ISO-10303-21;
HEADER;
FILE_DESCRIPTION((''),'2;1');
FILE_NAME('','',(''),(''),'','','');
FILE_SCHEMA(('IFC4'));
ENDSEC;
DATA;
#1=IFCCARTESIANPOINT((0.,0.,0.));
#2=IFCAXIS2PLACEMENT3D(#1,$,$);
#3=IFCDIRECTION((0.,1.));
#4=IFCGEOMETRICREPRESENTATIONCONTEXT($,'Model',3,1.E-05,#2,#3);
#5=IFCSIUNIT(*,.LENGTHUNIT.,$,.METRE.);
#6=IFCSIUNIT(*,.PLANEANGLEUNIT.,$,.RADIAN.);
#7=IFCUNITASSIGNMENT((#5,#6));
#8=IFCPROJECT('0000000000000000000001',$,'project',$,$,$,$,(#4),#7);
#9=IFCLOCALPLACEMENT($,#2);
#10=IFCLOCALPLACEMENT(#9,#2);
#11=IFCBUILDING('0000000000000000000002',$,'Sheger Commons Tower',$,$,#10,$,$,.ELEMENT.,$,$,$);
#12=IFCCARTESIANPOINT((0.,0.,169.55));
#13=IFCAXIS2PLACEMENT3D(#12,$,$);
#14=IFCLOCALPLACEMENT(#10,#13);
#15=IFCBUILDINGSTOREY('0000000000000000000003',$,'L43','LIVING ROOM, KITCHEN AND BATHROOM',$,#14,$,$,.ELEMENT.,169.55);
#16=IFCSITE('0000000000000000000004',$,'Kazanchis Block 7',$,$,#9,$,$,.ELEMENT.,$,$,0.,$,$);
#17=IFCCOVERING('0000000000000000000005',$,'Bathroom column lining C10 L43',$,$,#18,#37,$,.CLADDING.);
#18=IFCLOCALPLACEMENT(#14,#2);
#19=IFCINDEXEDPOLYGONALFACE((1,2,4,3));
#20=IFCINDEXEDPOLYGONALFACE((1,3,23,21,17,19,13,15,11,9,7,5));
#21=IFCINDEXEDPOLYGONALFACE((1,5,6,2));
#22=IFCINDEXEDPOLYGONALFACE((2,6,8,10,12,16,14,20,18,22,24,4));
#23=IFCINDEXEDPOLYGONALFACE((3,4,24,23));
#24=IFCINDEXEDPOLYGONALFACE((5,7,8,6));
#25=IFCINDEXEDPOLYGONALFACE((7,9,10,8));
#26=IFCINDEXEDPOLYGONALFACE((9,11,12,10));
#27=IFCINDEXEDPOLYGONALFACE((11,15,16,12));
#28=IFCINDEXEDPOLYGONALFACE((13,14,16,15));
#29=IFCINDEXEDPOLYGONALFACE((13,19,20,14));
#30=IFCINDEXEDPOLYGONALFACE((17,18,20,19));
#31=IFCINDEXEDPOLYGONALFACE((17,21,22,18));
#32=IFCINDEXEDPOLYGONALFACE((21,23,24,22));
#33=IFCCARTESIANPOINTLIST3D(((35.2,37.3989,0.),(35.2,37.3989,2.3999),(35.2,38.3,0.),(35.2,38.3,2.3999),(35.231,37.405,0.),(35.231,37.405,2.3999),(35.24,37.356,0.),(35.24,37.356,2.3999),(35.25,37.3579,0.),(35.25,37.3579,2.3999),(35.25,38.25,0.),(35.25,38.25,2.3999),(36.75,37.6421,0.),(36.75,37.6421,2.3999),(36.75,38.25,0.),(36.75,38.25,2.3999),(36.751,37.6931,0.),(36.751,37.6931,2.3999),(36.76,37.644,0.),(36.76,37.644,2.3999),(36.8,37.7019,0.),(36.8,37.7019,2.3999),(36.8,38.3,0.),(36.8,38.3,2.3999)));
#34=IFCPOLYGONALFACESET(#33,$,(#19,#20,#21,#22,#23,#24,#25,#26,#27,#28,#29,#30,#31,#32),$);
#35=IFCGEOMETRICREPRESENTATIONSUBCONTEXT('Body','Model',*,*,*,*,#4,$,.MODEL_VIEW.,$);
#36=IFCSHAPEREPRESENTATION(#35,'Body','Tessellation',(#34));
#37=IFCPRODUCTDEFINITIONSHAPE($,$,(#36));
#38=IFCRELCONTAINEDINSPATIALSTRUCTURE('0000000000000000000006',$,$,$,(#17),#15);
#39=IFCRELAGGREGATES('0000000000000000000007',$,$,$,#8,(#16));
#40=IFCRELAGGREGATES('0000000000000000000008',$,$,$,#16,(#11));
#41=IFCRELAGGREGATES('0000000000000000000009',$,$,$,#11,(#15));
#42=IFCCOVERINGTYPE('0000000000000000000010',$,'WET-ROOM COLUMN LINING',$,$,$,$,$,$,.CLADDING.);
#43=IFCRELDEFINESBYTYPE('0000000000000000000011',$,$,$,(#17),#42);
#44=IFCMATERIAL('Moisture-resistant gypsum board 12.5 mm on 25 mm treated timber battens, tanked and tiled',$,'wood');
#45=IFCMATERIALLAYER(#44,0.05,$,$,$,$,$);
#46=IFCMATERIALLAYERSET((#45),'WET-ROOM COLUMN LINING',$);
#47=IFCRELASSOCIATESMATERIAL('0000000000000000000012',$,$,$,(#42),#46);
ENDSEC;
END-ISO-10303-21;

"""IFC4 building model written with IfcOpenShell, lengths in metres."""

from ifc_helpers import new_model, si_unit, direction, frame, origin, place, context, subcontext, project, spatial, polyline, outline, extrude, material, layer, layer_set, type_object, element, save


model = new_model("IFC4")

# Units and contexts
model_context = context("Model", 3, precision=1e-05, world=origin(), true_north=direction((0.0, 1.0)))
body_context = subcontext(model_context, "Body", "Model", "MODEL_VIEW")
ifc_project = project(units=[si_unit("LENGTHUNIT", "METRE"), si_unit("PLANEANGLEUNIT", "RADIAN")], contexts=[model_context])

# Site, building, storey
site_placement = place(None, origin())
site = spatial("IfcSite", under=ifc_project, at=site_placement, Name="Kazanchis Block 7", CompositionType="ELEMENT", RefElevation=0.0)
building_placement = place(site_placement, origin())
building = spatial("IfcBuilding", under=site, at=building_placement, Name="Sheger Commons Tower", CompositionType="ELEMENT")
storey_placement = place(building_placement, frame((0.0, 0.0, 169.55)))
storey = spatial("IfcBuildingStorey", under=building, at=storey_placement, Name="L43", Description="LIVING ROOM, KITCHEN AND BATHROOM", CompositionType="ELEMENT", Elevation=169.55)

# Covering
ifc_material_1 = material(Name="Moisture-resistant gypsum board 12.5 mm on 25 mm treated timber battens, tanked and tiled", Category="wood")
ifc_layer_1 = layer(ifc_material_1, 0.05)
ifc_layer_set_1 = layer_set([ifc_layer_1], Name="WET-ROOM COLUMN LINING")
covering_type_1 = type_object("IfcCoveringType", Name="WET-ROOM COLUMN LINING", PredefinedType="CLADDING", material=ifc_layer_set_1)
covering_1_placement = place(storey_placement, origin())
element("IfcCovering", 1, at=covering_1_placement, inside=storey, type_object=covering_type_1, Name="Bathroom column lining C10 L43", PredefinedType="CLADDING", context=body_context, shape_type="SweptSolid", body=[
    extrude(outline(polyline([(36.8, 38.3), (36.8, 37.7019), (36.751, 37.6931), (36.76, 37.644), (36.75, 37.6421), (36.75, 38.25), (35.25, 38.25), (35.25, 37.3579), (35.24, 37.356), (35.231, 37.405), (35.2, 37.3989), (35.2, 38.3), (36.8, 38.3)])), origin(), (0.0, 0.0, 1.0), 2.3999),
])

save(model, "model.ifc")
